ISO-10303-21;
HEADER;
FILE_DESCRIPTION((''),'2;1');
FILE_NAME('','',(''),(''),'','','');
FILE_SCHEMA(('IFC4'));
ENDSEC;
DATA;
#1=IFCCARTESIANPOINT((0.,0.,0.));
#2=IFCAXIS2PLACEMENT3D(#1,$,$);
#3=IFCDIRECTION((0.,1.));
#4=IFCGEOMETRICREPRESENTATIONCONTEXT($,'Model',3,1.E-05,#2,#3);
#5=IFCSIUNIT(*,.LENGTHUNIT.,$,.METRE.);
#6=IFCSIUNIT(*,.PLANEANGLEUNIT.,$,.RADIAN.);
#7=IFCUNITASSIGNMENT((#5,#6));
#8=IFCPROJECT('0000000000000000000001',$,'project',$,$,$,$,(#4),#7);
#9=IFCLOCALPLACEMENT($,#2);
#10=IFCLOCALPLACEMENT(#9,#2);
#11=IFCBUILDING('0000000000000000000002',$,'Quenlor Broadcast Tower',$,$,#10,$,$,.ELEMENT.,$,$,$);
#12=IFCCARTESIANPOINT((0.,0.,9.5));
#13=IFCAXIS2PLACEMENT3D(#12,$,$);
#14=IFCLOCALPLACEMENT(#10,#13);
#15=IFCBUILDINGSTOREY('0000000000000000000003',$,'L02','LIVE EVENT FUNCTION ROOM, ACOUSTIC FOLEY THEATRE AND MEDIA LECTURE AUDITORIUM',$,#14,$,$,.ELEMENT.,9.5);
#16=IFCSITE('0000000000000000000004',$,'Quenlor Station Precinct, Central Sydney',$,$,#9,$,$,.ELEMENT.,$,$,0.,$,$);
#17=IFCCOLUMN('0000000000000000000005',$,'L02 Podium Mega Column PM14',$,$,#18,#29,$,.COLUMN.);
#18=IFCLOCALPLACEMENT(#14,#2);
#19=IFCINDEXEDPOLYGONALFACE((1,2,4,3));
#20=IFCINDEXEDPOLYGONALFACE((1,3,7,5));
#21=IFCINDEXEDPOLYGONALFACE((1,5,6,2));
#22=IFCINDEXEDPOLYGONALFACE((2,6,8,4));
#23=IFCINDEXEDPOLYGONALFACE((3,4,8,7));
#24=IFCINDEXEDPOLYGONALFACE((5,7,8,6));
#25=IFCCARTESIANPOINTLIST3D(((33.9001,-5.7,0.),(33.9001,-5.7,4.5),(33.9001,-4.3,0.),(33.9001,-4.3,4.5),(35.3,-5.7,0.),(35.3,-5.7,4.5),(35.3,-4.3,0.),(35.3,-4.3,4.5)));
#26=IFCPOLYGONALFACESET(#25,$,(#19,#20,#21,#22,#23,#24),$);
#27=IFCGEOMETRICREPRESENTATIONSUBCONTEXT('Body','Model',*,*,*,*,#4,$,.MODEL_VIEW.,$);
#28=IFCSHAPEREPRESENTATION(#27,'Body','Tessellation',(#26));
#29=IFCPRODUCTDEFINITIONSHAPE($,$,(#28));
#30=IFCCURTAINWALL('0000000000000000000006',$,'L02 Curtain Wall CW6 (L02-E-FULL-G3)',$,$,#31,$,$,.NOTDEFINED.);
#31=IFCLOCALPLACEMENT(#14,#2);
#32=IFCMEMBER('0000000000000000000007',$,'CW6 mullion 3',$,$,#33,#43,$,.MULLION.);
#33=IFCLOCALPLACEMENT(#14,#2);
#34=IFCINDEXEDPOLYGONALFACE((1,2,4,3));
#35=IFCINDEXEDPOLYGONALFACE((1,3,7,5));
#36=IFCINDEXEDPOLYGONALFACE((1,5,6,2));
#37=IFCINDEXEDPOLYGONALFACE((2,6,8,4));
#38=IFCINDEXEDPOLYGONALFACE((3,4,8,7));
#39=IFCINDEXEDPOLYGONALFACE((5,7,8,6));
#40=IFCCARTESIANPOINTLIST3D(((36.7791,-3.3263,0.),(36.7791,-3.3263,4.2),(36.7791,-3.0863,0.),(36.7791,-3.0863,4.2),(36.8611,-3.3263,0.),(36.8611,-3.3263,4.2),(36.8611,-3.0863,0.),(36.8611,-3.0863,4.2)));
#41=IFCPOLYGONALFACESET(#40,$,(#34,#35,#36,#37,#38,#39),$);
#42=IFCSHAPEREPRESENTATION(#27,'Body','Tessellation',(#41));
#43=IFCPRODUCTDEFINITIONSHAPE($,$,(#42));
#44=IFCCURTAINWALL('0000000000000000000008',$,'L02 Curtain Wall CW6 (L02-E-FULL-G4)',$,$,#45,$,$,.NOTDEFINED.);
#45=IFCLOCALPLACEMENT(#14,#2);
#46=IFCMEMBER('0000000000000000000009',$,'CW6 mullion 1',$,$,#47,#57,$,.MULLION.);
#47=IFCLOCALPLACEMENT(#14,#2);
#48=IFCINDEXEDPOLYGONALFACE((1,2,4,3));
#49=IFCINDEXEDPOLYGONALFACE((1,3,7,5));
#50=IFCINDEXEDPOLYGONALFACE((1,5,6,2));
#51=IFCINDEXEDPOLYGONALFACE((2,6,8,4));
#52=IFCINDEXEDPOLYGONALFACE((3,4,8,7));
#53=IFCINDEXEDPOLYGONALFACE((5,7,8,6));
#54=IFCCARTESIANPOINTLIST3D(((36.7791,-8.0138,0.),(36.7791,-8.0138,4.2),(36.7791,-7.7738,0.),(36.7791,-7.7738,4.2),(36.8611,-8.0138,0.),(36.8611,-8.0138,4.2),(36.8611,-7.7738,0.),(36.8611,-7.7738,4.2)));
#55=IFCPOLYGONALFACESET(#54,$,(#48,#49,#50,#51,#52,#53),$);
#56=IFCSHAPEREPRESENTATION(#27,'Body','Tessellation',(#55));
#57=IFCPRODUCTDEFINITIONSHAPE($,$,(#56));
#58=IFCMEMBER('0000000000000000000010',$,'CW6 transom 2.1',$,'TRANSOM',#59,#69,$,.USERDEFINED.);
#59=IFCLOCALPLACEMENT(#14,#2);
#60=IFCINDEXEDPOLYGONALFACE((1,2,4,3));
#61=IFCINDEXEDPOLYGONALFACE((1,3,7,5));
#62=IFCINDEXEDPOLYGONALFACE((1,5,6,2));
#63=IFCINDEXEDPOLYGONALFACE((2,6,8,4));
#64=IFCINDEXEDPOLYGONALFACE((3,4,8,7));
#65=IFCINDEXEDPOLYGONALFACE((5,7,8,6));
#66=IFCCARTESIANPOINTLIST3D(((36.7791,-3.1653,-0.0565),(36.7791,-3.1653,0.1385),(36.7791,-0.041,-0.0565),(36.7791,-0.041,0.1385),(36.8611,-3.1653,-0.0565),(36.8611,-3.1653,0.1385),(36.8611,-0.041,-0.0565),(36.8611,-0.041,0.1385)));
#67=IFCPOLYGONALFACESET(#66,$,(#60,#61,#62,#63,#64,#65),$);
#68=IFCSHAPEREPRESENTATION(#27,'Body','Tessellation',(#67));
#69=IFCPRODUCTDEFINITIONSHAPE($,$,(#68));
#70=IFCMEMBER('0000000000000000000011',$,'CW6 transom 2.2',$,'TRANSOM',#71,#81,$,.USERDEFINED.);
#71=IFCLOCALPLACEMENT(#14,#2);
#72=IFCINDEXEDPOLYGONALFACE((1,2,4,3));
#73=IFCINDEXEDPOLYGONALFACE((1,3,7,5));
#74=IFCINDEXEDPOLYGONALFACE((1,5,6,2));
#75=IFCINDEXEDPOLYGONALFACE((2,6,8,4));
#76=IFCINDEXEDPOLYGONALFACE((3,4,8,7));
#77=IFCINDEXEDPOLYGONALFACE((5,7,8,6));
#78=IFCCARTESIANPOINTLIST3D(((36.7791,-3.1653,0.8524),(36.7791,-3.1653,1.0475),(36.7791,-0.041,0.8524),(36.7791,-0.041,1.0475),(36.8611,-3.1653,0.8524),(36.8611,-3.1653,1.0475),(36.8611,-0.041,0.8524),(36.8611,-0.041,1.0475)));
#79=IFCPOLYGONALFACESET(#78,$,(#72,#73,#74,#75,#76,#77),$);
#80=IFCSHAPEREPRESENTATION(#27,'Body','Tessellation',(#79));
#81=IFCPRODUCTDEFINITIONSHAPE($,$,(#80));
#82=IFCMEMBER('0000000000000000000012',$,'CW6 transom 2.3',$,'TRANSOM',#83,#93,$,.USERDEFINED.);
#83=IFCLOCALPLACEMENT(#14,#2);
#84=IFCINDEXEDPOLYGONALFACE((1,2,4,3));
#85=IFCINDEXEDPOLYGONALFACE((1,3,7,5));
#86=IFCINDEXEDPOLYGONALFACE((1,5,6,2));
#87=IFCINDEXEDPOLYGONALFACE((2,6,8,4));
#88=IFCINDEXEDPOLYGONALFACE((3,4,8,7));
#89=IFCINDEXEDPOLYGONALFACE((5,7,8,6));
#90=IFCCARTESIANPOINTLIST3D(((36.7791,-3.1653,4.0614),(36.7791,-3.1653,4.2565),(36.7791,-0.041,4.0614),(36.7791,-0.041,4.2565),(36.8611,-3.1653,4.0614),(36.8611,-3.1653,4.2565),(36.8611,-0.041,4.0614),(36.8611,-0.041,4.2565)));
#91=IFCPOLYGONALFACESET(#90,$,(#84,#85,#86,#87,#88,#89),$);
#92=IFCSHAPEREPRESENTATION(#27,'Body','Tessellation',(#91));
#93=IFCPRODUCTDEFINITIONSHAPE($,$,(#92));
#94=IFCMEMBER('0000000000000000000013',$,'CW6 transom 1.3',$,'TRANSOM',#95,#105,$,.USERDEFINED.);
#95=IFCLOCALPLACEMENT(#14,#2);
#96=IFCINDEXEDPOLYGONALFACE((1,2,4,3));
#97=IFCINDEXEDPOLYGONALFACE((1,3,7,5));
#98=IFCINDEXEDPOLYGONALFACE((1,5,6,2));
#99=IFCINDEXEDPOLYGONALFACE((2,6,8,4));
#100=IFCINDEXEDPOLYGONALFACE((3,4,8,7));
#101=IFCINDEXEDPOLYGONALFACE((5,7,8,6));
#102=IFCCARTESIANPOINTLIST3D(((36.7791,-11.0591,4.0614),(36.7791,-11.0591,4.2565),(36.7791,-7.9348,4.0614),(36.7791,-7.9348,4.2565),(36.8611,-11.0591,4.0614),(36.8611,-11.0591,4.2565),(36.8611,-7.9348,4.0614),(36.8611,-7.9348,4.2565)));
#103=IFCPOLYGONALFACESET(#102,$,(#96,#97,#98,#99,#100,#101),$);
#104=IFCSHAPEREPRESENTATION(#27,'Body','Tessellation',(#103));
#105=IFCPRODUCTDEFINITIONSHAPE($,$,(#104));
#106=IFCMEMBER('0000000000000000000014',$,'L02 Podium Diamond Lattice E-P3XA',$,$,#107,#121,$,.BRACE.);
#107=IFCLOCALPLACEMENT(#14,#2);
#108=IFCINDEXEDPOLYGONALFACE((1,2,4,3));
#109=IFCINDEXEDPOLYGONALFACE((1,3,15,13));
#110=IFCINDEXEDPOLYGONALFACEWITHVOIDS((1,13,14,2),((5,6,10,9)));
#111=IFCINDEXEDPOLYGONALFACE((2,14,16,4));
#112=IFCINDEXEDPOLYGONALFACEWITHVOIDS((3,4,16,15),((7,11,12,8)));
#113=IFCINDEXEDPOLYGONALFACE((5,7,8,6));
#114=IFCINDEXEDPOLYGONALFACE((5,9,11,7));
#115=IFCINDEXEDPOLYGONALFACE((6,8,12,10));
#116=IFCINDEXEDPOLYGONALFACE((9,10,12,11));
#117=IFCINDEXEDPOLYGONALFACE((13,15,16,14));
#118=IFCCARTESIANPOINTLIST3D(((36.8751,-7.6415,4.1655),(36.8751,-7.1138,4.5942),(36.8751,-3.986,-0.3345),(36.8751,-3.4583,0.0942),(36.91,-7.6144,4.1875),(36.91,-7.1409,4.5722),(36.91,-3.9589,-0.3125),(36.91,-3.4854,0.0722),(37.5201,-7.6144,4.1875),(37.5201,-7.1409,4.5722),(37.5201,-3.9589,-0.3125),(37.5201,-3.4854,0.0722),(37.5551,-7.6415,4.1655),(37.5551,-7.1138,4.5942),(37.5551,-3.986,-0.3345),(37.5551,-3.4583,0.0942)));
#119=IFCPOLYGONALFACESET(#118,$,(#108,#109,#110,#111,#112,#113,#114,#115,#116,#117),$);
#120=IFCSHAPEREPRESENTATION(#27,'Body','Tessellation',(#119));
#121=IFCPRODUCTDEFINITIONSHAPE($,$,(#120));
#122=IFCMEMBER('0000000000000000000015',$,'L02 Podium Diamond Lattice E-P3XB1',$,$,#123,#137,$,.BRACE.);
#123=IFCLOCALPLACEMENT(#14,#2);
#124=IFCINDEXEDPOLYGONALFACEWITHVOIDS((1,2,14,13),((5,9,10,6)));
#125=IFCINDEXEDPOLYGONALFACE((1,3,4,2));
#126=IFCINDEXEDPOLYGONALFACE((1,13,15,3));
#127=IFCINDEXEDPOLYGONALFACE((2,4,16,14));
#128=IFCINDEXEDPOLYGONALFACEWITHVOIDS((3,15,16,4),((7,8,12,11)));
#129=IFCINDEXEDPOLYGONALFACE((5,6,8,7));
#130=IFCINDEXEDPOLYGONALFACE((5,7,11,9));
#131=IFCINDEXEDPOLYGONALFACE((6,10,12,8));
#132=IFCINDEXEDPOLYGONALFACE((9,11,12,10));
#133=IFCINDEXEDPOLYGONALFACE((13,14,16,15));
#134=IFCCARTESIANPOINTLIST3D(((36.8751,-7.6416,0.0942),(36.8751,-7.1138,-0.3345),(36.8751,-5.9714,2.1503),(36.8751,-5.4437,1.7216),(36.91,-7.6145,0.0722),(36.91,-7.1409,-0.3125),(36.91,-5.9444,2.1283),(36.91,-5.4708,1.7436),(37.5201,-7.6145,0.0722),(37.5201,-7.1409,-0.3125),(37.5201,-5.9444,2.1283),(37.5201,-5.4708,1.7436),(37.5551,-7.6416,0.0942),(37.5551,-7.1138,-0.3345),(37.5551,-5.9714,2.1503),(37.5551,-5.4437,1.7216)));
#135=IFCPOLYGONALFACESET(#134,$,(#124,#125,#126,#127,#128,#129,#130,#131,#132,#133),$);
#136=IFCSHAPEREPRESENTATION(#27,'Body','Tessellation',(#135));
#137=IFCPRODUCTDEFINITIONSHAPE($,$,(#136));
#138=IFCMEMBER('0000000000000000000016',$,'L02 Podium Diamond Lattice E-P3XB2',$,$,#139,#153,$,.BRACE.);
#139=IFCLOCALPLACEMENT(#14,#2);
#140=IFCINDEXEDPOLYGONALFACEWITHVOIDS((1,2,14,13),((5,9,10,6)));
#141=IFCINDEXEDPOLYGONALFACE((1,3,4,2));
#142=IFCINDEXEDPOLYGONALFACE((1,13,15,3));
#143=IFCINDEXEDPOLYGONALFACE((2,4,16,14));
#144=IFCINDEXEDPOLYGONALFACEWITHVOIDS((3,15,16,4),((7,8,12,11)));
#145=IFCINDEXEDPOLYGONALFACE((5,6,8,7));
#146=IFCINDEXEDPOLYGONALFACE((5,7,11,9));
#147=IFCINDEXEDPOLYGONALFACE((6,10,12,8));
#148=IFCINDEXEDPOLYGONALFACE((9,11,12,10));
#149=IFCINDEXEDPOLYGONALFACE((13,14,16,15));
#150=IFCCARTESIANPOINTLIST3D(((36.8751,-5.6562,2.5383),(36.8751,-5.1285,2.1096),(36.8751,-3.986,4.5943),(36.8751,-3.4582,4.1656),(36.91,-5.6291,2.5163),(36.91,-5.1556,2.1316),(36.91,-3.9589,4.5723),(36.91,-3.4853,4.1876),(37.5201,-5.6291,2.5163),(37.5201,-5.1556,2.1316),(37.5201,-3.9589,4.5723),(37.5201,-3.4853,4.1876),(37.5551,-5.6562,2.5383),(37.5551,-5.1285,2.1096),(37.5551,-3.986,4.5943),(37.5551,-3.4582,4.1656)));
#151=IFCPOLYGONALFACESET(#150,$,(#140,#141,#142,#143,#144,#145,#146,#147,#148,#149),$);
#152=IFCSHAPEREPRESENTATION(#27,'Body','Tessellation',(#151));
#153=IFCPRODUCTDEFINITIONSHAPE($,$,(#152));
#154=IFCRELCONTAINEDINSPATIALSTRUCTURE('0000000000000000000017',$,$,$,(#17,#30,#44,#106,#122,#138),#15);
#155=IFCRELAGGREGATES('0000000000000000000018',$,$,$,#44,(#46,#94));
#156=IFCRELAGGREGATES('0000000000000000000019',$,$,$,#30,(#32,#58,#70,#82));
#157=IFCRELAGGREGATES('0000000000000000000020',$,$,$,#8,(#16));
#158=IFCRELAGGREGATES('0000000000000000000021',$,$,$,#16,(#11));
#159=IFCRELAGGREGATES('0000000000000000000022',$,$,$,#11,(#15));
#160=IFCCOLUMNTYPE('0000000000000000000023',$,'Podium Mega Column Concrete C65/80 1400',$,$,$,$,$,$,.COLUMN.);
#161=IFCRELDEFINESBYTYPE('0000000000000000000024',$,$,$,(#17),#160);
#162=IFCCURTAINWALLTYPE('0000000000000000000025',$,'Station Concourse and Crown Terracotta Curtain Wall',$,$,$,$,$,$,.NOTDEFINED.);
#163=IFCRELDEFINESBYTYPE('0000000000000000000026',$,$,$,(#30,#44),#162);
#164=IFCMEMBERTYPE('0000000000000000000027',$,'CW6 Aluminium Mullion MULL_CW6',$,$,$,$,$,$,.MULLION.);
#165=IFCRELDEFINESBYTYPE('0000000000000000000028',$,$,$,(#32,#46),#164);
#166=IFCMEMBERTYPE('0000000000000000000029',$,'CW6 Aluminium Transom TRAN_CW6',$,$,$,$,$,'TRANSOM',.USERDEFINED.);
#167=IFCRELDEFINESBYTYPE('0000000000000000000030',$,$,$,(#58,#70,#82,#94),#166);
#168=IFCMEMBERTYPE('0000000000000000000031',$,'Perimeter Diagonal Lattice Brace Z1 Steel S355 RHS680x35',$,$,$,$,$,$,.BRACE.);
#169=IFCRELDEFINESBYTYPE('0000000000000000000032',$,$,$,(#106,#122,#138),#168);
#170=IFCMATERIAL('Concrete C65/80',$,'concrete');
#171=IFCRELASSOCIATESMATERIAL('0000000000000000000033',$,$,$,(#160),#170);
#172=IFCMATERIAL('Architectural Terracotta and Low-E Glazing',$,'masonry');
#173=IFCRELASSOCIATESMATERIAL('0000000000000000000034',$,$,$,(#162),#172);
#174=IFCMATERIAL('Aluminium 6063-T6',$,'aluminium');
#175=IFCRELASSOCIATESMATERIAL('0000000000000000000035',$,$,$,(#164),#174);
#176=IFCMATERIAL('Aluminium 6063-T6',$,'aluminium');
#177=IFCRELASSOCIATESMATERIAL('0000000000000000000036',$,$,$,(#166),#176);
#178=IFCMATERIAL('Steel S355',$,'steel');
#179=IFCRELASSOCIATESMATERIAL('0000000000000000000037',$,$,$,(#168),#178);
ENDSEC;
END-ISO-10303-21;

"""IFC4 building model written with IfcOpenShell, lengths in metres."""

from ifc_helpers import new_model, si_unit, direction, frame, origin, origin_2d, place, context, subcontext, project, spatial, rectangle, hollow_rectangle, extrude, material, material_profile, profile_set, type_object, element, aggregate, save


model = new_model("IFC4")

# Units and contexts
model_context = context("Model", 3, precision=1e-05, world=origin(), true_north=direction((0.0, 1.0)))
body_context = subcontext(model_context, "Body", "Model", "MODEL_VIEW")
ifc_project = project(units=[si_unit("LENGTHUNIT", "METRE"), si_unit("PLANEANGLEUNIT", "RADIAN")], contexts=[model_context])

# Site, building, storey
site_placement = place(None, origin())
site = spatial("IfcSite", under=ifc_project, at=site_placement, Name="Quenlor Station Precinct, Central Sydney", CompositionType="ELEMENT", RefElevation=0.0)
building_placement = place(site_placement, origin())
building = spatial("IfcBuilding", under=site, at=building_placement, Name="Quenlor Broadcast Tower", CompositionType="ELEMENT")
storey_placement = place(building_placement, frame((0.0, 0.0, 9.5)))
storey = spatial("IfcBuildingStorey", under=building, at=storey_placement, Name="L02", Description="LIVE EVENT FUNCTION ROOM, ACOUSTIC FOLEY THEATRE AND MEDIA LECTURE AUDITORIUM", CompositionType="ELEMENT", Elevation=9.5)

# Column
ifc_material_1 = material(Name="Concrete C65/80", Category="concrete")
ifc_material_profile_1 = material_profile(ifc_material_1, rectangle(XDim=1.3999, YDim=1.3999, at=origin_2d()))
ifc_profile_set_1 = profile_set([ifc_material_profile_1], Name="Concrete C65/80 RC1400x1400")
column_type = type_object("IfcColumnType", Name="Podium Mega Column Concrete C65/80 1400", PredefinedType="COLUMN", material=ifc_profile_set_1)
column_placement = place(storey_placement, frame((34.6001, -5.0, 0.0), z_axis=(0.0, 0.0, 1.0), x_axis=(1.0, 0.0, 0.0)))
element("IfcColumn", 1, at=column_placement, inside=storey, type_object=column_type, Name="L02 Podium Mega Column PM14", PredefinedType="COLUMN", context=body_context, shape_type="SweptSolid", body=[
    extrude(rectangle(XDim=1.3999, YDim=1.3999, at=origin_2d()), origin(), (0.0, 0.0, 1.0), 4.5),
])

# Curtain walls, members
ifc_material_2 = material(Name="Architectural Terracotta and Low-E Glazing", Category="masonry")
curtain_wall_type = type_object("IfcCurtainWallType", Name="Station Concourse and Crown Terracotta Curtain Wall", PredefinedType="NOTDEFINED", material=ifc_material_2)
curtain_wall_1_placement = place(storey_placement, origin())
curtain_wall_1 = element("IfcCurtainWall", 2, at=curtain_wall_1_placement, inside=storey, type_object=curtain_wall_type, Name="L02 Curtain Wall CW6 (L02-E-FULL-G3)", PredefinedType="NOTDEFINED")
ifc_material_3 = material(Name="Aluminium 6063-T6", Category="aluminium")
ifc_material_profile_2 = material_profile(ifc_material_3, rectangle(XDim=0.082, YDim=0.24, at=origin_2d()))
ifc_profile_set_2 = profile_set([ifc_material_profile_2], Name="Aluminium 6063-T6 MULL82x240")
member_type_1 = type_object("IfcMemberType", Name="CW6 Aluminium Mullion MULL_CW6", PredefinedType="MULLION", material=ifc_profile_set_2)
member_1_placement = place(storey_placement, frame((36.8201, -3.2063, 0.0), z_axis=(0.0, 0.0, 1.0), x_axis=(1.0, 0.0, 0.0)))
member_1 = element("IfcMember", 3, at=member_1_placement, type_object=member_type_1, Name="CW6 mullion 3", PredefinedType="MULLION", context=body_context, shape_type="SweptSolid", body=[
    extrude(rectangle(XDim=0.082, YDim=0.24, at=origin_2d()), origin(), (0.0, 0.0, 1.0), 4.2),
])
curtain_wall_2_placement = place(storey_placement, origin())
curtain_wall_2 = element("IfcCurtainWall", 4, at=curtain_wall_2_placement, inside=storey, type_object=curtain_wall_type, Name="L02 Curtain Wall CW6 (L02-E-FULL-G4)", PredefinedType="NOTDEFINED")
member_2_placement = place(storey_placement, frame((36.8201, -7.8938, 0.0), z_axis=(0.0, 0.0, 1.0), x_axis=(1.0, 0.0, 0.0)))
member_2 = element("IfcMember", 5, at=member_2_placement, type_object=member_type_1, Name="CW6 mullion 1", PredefinedType="MULLION", context=body_context, shape_type="SweptSolid", body=[
    extrude(rectangle(XDim=0.082, YDim=0.24, at=origin_2d()), origin(), (0.0, 0.0, 1.0), 4.2),
])

# Members
ifc_material_4 = material(Name="Aluminium 6063-T6", Category="aluminium")
ifc_material_profile_3 = material_profile(ifc_material_4, rectangle(XDim=0.082, YDim=0.1951, at=origin_2d()))
ifc_profile_set_3 = profile_set([ifc_material_profile_3], Name="Aluminium 6063-T6 TRAN82x195")
member_type_2 = type_object("IfcMemberType", Name="CW6 Aluminium Transom TRAN_CW6", ElementType="TRANSOM", PredefinedType="USERDEFINED", material=ifc_profile_set_3)
member_3_placement = place(storey_placement, frame((36.8201, -0.041, 0.041), z_axis=(0.0, -1.0, 0.0), x_axis=(1.0, 0.0, 0.0)))
member_3 = element("IfcMember", 6, at=member_3_placement, type_object=member_type_2, Name="CW6 transom 2.1", ObjectType="TRANSOM", PredefinedType="USERDEFINED", context=body_context, shape_type="SweptSolid", body=[
    extrude(rectangle(XDim=0.082, YDim=0.1951, at=origin_2d()), origin(), (0.0, 0.0, 1.0), 3.1243),
])
member_4_placement = place(storey_placement, frame((36.8201, -0.041, 0.95), z_axis=(0.0, -1.0, 0.0), x_axis=(1.0, 0.0, 0.0)))
member_4 = element("IfcMember", 7, at=member_4_placement, type_object=member_type_2, Name="CW6 transom 2.2", ObjectType="TRANSOM", PredefinedType="USERDEFINED", context=body_context, shape_type="SweptSolid", body=[
    extrude(rectangle(XDim=0.082, YDim=0.1951, at=origin_2d()), origin(), (0.0, 0.0, 1.0), 3.1243),
])
member_5_placement = place(storey_placement, frame((36.8201, -0.041, 4.1589), z_axis=(0.0, -1.0, 0.0), x_axis=(1.0, 0.0, 0.0)))
member_5 = element("IfcMember", 8, at=member_5_placement, type_object=member_type_2, Name="CW6 transom 2.3", ObjectType="TRANSOM", PredefinedType="USERDEFINED", context=body_context, shape_type="SweptSolid", body=[
    extrude(rectangle(XDim=0.082, YDim=0.1951, at=origin_2d()), origin(), (0.0, 0.0, 1.0), 3.1243),
])
member_6_placement = place(storey_placement, frame((36.8201, -7.9348, 4.1589), z_axis=(0.0, -1.0, 0.0), x_axis=(1.0, 0.0, 0.0)))
member_6 = element("IfcMember", 9, at=member_6_placement, type_object=member_type_2, Name="CW6 transom 1.3", ObjectType="TRANSOM", PredefinedType="USERDEFINED", context=body_context, shape_type="SweptSolid", body=[
    extrude(rectangle(XDim=0.082, YDim=0.1951, at=origin_2d()), origin(), (0.0, 0.0, 1.0), 3.1243),
])
aggregate(curtain_wall_2, [member_2, member_6])

# Members
ifc_material_5 = material(Name="Steel S355", Category="steel")
ifc_material_profile_4 = material_profile(ifc_material_5, hollow_rectangle(XDim=0.6799, YDim=0.6799, WallThickness=0.0349, at=origin_2d()))
ifc_profile_set_4 = profile_set([ifc_material_profile_4], Name="Steel S355 RHS680x680x35")
member_type_3 = type_object("IfcMemberType", Name="Perimeter Diagonal Lattice Brace Z1 Steel S355 RHS680x35", PredefinedType="BRACE", material=ifc_profile_set_4)
member_7_placement = place(storey_placement, frame((37.2151, -3.7222, -0.1201), z_axis=(0.0, -0.630517, 0.776176), x_axis=(1.0, 0.0, 0.0)))
element("IfcMember", 10, at=member_7_placement, inside=storey, type_object=member_type_3, Name="L02 Podium Diamond Lattice E-P3XA", PredefinedType="BRACE", context=body_context, shape_type="SweptSolid", body=[
    extrude(hollow_rectangle(XDim=0.6799, YDim=0.6799, WallThickness=0.0349, at=origin_2d()), origin(), (0.0, 0.0, 1.0), 5.7976),
])
for number, where, z_axis, x_axis, name in (
    (11, (37.2151, -7.3777, -0.1201), (0.0, 0.630489, 0.776199), (-1.0, 0.0, 0.0), "L02 Podium Diamond Lattice E-P3XB1"),
    (12, (37.2151, -5.3923, 2.324), (0.0, 0.630534, 0.776162), (-1.0, 0.0, 0.0), "L02 Podium Diamond Lattice E-P3XB2"),
):
    element("IfcMember", number, at=place(storey_placement, frame(where, z_axis=z_axis, x_axis=x_axis)), inside=storey, type_object=member_type_3, Name=name, PredefinedType="BRACE", context=body_context, shape_type="SweptSolid", body=[
        extrude(hollow_rectangle(XDim=0.6799, YDim=0.6799, WallThickness=0.0349, at=origin_2d()), origin(), (0.0, 0.0, 1.0), 2.6489),
    ])

aggregate(curtain_wall_1, [member_1, member_3, member_4, member_5])

save(model, "model.ifc")
